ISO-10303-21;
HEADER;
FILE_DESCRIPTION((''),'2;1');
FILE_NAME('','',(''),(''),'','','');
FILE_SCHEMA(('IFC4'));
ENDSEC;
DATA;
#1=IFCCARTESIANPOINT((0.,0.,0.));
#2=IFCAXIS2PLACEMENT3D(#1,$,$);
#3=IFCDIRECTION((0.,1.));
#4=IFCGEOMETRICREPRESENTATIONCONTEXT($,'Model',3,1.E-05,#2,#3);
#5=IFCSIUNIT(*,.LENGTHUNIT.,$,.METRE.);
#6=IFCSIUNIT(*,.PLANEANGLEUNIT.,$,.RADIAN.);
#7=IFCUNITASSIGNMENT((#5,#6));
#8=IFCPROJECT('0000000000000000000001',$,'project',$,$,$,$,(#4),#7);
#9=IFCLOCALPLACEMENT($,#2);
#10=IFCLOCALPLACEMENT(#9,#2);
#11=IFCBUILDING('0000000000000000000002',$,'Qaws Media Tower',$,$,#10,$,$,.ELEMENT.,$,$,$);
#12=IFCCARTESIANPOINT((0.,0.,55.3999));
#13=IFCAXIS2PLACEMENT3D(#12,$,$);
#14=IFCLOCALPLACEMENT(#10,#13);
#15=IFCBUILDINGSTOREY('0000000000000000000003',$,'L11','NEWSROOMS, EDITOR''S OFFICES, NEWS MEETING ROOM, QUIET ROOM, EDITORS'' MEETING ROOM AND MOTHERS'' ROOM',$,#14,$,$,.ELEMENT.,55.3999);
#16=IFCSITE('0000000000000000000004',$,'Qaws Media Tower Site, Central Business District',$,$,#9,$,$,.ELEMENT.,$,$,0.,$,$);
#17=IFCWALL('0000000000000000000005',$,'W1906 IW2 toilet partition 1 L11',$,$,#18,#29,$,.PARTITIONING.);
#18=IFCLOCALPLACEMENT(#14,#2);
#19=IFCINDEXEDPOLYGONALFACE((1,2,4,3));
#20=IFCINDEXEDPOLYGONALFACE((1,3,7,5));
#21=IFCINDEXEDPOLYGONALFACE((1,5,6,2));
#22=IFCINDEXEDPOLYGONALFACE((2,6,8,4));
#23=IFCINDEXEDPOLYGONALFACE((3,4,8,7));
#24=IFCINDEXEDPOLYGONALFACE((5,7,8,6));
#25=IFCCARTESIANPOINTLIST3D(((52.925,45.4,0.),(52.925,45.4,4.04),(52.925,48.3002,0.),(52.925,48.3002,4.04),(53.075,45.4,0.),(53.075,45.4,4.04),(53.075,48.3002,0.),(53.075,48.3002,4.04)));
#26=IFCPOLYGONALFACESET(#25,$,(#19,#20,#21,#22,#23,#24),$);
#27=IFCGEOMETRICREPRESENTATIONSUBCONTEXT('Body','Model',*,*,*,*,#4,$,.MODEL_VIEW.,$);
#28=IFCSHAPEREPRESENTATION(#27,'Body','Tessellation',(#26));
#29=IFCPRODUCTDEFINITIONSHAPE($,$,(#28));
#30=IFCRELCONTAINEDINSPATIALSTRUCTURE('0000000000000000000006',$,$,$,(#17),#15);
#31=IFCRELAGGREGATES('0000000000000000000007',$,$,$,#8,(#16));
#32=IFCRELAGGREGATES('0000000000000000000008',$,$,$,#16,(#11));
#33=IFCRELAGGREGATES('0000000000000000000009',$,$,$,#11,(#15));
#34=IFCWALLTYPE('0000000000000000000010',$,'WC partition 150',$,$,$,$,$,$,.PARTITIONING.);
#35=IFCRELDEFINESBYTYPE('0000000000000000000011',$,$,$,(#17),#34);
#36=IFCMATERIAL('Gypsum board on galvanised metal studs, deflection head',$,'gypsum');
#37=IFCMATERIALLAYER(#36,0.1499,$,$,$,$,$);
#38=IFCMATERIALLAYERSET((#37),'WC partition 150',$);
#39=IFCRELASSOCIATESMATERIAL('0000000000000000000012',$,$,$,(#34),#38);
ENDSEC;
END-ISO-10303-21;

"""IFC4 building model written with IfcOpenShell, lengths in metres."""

from ifc_helpers import new_model, si_unit, direction, frame, frame_2d, origin, place, context, subcontext, project, spatial, rectangle, extrude, material, layer, layer_set, type_object, element, save


model = new_model("IFC4")

# Units and contexts
model_context = context("Model", 3, precision=1e-05, world=origin(), true_north=direction((0.0, 1.0)))
body_context = subcontext(model_context, "Body", "Model", "MODEL_VIEW")
ifc_project = project(units=[si_unit("LENGTHUNIT", "METRE"), si_unit("PLANEANGLEUNIT", "RADIAN")], contexts=[model_context])

# Site, building, storey
site_placement = place(None, origin())
site = spatial("IfcSite", under=ifc_project, at=site_placement, Name="Qaws Media Tower Site, Central Business District", CompositionType="ELEMENT", RefElevation=0.0)
building_placement = place(site_placement, origin())
building = spatial("IfcBuilding", under=site, at=building_placement, Name="Qaws Media Tower", CompositionType="ELEMENT")
storey_placement = place(building_placement, frame((0.0, 0.0, 55.3999)))
storey = spatial("IfcBuildingStorey", under=building, at=storey_placement, Name="L11", Description="NEWSROOMS, EDITOR'S OFFICES, NEWS MEETING ROOM, QUIET ROOM, EDITORS' MEETING ROOM AND MOTHERS' ROOM", CompositionType="ELEMENT", Elevation=55.3999)

# Wall
ifc_material_1 = material(Name="Gypsum board on galvanised metal studs, deflection head", Category="gypsum")
ifc_layer_1 = layer(ifc_material_1, 0.1499)
ifc_layer_set_1 = layer_set([ifc_layer_1], Name="WC partition 150")
wall_type_1 = type_object("IfcWallType", Name="WC partition 150", PredefinedType="PARTITIONING", material=ifc_layer_set_1)
wall_1_placement = place(storey_placement, frame((53.0, 45.3999, 0.0), z_axis=(0.0, 0.0, 1.0), x_axis=(0.0, 1.0, 0.0)))
element("IfcWall", 1, at=wall_1_placement, inside=storey, type_object=wall_type_1, Name="W1906 IW2 toilet partition 1 L11", PredefinedType="PARTITIONING", context=body_context, shape_type="SweptSolid", body=[
    extrude(rectangle(XDim=2.9001, YDim=0.1499, at=frame_2d((1.4502, 0.0))), origin(), (0.0, 0.0, 1.0), 4.04),
])

save(model, "model.ifc")
